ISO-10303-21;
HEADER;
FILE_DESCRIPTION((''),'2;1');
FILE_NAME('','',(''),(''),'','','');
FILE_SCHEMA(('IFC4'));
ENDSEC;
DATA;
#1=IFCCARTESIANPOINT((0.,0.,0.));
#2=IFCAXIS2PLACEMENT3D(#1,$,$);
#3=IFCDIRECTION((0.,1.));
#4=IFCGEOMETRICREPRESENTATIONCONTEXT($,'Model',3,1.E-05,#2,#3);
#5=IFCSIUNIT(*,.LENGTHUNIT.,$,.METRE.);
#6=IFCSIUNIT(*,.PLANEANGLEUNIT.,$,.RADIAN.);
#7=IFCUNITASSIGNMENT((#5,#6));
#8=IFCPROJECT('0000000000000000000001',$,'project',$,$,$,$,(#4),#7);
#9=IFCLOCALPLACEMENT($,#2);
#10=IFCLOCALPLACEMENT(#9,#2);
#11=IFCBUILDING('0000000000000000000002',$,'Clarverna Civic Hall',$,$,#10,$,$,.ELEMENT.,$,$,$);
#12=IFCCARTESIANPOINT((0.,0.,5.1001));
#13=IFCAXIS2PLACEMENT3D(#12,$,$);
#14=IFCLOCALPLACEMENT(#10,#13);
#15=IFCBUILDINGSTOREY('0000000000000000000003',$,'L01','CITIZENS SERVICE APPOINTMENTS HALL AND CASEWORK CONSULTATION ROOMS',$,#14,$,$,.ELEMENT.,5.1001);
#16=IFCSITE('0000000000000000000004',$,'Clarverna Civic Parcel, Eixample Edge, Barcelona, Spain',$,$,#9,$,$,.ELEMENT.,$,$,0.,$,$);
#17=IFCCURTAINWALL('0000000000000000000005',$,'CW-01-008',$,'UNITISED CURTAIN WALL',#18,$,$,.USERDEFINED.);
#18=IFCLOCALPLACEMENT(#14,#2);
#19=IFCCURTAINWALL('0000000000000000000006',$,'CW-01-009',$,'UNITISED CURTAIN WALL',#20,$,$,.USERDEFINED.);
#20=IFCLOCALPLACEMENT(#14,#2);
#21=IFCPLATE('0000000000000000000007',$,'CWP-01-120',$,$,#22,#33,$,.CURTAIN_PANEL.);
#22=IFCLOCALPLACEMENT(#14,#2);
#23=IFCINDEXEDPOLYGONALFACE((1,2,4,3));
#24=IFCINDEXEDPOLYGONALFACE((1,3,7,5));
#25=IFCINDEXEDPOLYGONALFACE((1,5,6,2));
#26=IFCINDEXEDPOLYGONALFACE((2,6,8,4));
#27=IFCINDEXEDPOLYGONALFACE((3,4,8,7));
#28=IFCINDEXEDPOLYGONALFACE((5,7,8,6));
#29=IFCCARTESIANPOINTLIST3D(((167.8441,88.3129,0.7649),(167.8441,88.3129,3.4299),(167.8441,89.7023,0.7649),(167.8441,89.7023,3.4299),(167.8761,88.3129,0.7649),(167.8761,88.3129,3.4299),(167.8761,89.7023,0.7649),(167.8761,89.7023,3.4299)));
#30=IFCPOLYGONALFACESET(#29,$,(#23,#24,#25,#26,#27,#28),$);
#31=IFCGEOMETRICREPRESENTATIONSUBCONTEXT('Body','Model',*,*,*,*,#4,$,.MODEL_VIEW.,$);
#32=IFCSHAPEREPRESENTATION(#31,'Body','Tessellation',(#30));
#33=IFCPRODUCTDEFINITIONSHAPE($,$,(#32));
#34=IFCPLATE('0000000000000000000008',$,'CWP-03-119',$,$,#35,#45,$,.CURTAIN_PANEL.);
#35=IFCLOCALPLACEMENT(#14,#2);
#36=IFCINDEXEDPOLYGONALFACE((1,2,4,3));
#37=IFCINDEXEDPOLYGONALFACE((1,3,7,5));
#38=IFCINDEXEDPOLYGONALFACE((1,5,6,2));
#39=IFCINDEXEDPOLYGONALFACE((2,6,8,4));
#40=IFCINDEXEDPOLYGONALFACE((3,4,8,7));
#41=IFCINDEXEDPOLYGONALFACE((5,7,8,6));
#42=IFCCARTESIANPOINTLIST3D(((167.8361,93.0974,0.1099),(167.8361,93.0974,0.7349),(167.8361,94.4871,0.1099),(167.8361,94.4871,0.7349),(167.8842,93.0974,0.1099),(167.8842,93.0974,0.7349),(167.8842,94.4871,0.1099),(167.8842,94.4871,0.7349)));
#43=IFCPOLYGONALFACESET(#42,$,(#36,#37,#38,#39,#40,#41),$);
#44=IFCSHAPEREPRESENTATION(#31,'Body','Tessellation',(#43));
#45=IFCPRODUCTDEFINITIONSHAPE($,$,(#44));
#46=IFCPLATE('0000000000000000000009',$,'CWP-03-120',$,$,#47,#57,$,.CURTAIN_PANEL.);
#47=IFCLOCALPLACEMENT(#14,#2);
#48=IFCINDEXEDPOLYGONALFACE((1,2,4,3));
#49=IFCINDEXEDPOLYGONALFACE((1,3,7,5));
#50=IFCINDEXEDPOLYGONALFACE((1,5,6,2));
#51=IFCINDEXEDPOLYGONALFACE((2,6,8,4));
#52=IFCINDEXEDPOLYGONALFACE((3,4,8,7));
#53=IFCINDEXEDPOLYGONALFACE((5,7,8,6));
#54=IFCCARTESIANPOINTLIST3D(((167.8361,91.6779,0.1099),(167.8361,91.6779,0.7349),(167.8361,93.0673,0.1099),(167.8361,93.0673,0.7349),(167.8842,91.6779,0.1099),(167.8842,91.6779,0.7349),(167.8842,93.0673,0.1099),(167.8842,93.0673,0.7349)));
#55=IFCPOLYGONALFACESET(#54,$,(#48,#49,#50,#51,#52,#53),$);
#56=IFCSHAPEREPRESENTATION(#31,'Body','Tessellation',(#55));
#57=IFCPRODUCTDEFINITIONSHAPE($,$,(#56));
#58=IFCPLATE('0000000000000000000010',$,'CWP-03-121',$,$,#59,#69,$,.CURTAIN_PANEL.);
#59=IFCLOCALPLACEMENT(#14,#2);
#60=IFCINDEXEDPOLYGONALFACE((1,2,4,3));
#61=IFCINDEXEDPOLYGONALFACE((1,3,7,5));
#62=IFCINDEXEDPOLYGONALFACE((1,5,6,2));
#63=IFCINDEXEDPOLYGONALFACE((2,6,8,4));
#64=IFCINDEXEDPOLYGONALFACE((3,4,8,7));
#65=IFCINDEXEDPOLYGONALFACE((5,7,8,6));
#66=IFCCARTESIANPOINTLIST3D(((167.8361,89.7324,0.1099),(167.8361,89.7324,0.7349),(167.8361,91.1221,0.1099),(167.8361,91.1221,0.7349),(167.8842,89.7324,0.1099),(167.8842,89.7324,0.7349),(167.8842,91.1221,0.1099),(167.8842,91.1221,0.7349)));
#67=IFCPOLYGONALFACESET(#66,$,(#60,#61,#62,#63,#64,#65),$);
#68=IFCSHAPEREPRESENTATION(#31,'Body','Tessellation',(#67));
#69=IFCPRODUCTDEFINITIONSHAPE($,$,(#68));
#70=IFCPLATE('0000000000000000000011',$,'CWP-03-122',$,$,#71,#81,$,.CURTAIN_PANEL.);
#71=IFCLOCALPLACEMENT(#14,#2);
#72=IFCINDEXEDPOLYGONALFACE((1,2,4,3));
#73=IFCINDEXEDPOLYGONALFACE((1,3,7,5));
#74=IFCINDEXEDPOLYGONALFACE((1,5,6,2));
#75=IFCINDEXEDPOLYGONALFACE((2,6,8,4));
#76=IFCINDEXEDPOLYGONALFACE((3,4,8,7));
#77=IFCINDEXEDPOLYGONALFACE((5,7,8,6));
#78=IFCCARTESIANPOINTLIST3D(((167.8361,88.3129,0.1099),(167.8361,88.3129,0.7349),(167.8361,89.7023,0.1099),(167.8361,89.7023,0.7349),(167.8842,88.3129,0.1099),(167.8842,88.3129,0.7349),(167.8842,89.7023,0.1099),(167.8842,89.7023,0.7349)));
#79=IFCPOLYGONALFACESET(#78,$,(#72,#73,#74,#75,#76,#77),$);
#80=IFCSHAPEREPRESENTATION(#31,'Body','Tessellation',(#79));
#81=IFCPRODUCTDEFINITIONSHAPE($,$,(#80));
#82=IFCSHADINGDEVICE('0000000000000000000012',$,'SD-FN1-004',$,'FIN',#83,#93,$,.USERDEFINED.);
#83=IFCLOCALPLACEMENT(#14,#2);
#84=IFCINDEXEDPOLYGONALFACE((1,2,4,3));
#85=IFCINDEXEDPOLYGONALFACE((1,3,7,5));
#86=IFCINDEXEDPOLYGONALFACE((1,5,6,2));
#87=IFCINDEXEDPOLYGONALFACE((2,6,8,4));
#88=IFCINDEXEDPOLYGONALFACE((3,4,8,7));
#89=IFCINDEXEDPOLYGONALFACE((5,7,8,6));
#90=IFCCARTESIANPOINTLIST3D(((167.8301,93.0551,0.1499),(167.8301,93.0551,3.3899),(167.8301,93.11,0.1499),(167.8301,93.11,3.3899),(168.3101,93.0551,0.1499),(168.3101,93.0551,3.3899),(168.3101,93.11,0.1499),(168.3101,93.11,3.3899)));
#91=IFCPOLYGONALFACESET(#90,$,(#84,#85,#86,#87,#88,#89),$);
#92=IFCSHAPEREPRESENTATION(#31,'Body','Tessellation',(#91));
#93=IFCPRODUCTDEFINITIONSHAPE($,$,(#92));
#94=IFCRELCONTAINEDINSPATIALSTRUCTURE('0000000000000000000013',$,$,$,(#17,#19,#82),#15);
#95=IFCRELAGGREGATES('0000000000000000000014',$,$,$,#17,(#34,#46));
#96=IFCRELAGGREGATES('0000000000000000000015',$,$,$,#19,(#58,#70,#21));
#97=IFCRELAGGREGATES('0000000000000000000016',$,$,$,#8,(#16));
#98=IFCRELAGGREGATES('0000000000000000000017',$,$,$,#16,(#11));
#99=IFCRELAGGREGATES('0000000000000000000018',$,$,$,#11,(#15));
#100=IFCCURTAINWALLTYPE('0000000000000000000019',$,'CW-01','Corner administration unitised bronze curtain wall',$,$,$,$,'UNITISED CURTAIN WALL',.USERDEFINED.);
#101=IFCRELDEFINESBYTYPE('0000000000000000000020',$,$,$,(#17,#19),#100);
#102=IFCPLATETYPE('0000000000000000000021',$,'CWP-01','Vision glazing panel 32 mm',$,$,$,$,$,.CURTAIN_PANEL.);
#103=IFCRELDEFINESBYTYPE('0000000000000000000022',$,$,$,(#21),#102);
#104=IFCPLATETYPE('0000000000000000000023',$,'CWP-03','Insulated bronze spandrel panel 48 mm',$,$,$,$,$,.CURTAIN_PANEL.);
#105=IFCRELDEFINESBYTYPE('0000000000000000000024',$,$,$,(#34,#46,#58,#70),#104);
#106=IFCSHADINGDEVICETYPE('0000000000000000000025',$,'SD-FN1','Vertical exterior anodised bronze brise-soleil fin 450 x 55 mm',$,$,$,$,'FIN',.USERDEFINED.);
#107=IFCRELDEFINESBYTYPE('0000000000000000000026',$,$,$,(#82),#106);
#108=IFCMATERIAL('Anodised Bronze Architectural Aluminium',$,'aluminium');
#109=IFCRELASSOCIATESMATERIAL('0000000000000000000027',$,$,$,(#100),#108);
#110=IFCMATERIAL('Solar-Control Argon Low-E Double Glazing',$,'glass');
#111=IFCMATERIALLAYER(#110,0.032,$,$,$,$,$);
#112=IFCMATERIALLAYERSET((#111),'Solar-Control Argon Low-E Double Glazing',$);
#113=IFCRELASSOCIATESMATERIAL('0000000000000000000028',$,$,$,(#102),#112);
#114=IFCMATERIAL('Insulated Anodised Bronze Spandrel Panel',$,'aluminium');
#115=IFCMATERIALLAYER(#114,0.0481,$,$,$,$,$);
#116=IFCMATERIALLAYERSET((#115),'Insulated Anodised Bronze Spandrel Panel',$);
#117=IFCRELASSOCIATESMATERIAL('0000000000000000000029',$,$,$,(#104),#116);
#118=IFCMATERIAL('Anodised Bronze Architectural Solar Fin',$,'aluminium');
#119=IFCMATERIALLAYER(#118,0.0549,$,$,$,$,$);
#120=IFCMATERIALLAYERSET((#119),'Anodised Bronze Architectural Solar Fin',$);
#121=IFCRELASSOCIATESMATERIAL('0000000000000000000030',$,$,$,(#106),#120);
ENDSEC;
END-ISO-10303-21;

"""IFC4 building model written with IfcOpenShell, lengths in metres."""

from ifc_helpers import new_model, si_unit, direction, frame, frame_2d, origin, place, context, subcontext, project, spatial, rectangle, extrude, material, layer, layer_set, type_object, element, aggregate, save


model = new_model("IFC4")

# Units and contexts
model_context = context("Model", 3, precision=1e-05, world=origin(), true_north=direction((0.0, 1.0)))
body_context = subcontext(model_context, "Body", "Model", "MODEL_VIEW")
ifc_project = project(units=[si_unit("LENGTHUNIT", "METRE"), si_unit("PLANEANGLEUNIT", "RADIAN")], contexts=[model_context])

# Site, building, storey
site_placement = place(None, origin())
site = spatial("IfcSite", under=ifc_project, at=site_placement, Name="Clarverna Civic Parcel, Eixample Edge, Barcelona, Spain", CompositionType="ELEMENT", RefElevation=0.0)
building_placement = place(site_placement, origin())
building = spatial("IfcBuilding", under=site, at=building_placement, Name="Clarverna Civic Hall", CompositionType="ELEMENT")
storey_placement = place(building_placement, frame((0.0, 0.0, 5.1001)))
storey = spatial("IfcBuildingStorey", under=building, at=storey_placement, Name="L01", Description="CITIZENS SERVICE APPOINTMENTS HALL AND CASEWORK CONSULTATION ROOMS", CompositionType="ELEMENT", Elevation=5.1001)

# Shared definitions
ifc_material_1 = material(Name="Anodised Bronze Architectural Aluminium", Category="aluminium")
curtain_wall_type = type_object("IfcCurtainWallType", Name="CW-01", Description="Corner administration unitised bronze curtain wall", ElementType="UNITISED CURTAIN WALL", PredefinedType="USERDEFINED", material=ifc_material_1)

# Curtain walls
curtain_wall_1_placement = place(storey_placement, origin())
curtain_wall_1 = element("IfcCurtainWall", 1, at=curtain_wall_1_placement, inside=storey, type_object=curtain_wall_type, Name="CW-01-008", ObjectType="UNITISED CURTAIN WALL", PredefinedType="USERDEFINED")
curtain_wall_2_placement = place(storey_placement, origin())
curtain_wall_2 = element("IfcCurtainWall", 2, at=curtain_wall_2_placement, inside=storey, type_object=curtain_wall_type, Name="CW-01-009", ObjectType="UNITISED CURTAIN WALL", PredefinedType="USERDEFINED")

# Plates
ifc_material_2 = material(Name="Solar-Control Argon Low-E Double Glazing", Category="glass")
ifc_layer_1 = layer(ifc_material_2, 0.032)
ifc_layer_set_1 = layer_set([ifc_layer_1], Name="Solar-Control Argon Low-E Double Glazing")
plate_type_1 = type_object("IfcPlateType", Name="CWP-01", Description="Vision glazing panel 32 mm", PredefinedType="CURTAIN_PANEL", material=ifc_layer_set_1)
plate_1_placement = place(storey_placement, frame((167.8601, 89.7024, 0.7649), z_axis=(0.0, 0.0, 1.0), x_axis=(0.0, -1.0, 0.0)))
plate_1 = element("IfcPlate", 3, at=plate_1_placement, type_object=plate_type_1, Name="CWP-01-120", PredefinedType="CURTAIN_PANEL", context=body_context, shape_type="SweptSolid", body=[
    extrude(rectangle(XDim=1.3894, YDim=0.032, at=frame_2d((0.6948, 0.0))), origin(), (0.0, 0.0, 1.0), 2.665),
])
ifc_material_3 = material(Name="Insulated Anodised Bronze Spandrel Panel", Category="aluminium")
ifc_layer_2 = layer(ifc_material_3, 0.0481)
ifc_layer_set_2 = layer_set([ifc_layer_2], Name="Insulated Anodised Bronze Spandrel Panel")
plate_type_2 = type_object("IfcPlateType", Name="CWP-03", Description="Insulated bronze spandrel panel 48 mm", PredefinedType="CURTAIN_PANEL", material=ifc_layer_set_2)
plate_2_placement = place(storey_placement, frame((167.8601, 94.4871, 0.1099), z_axis=(0.0, 0.0, 1.0), x_axis=(0.0, -1.0, 0.0)))
plate_2 = element("IfcPlate", 4, at=plate_2_placement, type_object=plate_type_2, Name="CWP-03-119", PredefinedType="CURTAIN_PANEL", context=body_context, shape_type="SweptSolid", body=[
    extrude(rectangle(XDim=1.3896, YDim=0.0481, at=frame_2d((0.6948, 0.0))), origin(), (0.0, 0.0, 1.0), 0.625),
])
plate_3_placement = place(storey_placement, frame((167.8601, 93.0674, 0.1099), z_axis=(0.0, 0.0, 1.0), x_axis=(0.0, -1.0, 0.0)))
plate_3 = element("IfcPlate", 5, at=plate_3_placement, type_object=plate_type_2, Name="CWP-03-120", PredefinedType="CURTAIN_PANEL", context=body_context, shape_type="SweptSolid", body=[
    extrude(rectangle(XDim=1.3894, YDim=0.0481, at=frame_2d((0.6948, 0.0))), origin(), (0.0, 0.0, 1.0), 0.625),
])
aggregate(curtain_wall_1, [plate_2, plate_3])
plate_4_placement = place(storey_placement, frame((167.8601, 91.1221, 0.1099), z_axis=(0.0, 0.0, 1.0), x_axis=(0.0, -1.0, 0.0)))
plate_4 = element("IfcPlate", 6, at=plate_4_placement, type_object=plate_type_2, Name="CWP-03-121", PredefinedType="CURTAIN_PANEL", context=body_context, shape_type="SweptSolid", body=[
    extrude(rectangle(XDim=1.3896, YDim=0.0481, at=frame_2d((0.6948, 0.0))), origin(), (0.0, 0.0, 1.0), 0.625),
])
plate_5_placement = place(storey_placement, frame((167.8601, 89.7024, 0.1099), z_axis=(0.0, 0.0, 1.0), x_axis=(0.0, -1.0, 0.0)))
plate_5 = element("IfcPlate", 7, at=plate_5_placement, type_object=plate_type_2, Name="CWP-03-122", PredefinedType="CURTAIN_PANEL", context=body_context, shape_type="SweptSolid", body=[
    extrude(rectangle(XDim=1.3894, YDim=0.0481, at=frame_2d((0.6948, 0.0))), origin(), (0.0, 0.0, 1.0), 0.625),
])
aggregate(curtain_wall_2, [plate_4, plate_5, plate_1])

# Shading device
ifc_material_4 = material(Name="Anodised Bronze Architectural Solar Fin", Category="aluminium")
ifc_layer_3 = layer(ifc_material_4, 0.0549)
ifc_layer_set_3 = layer_set([ifc_layer_3], Name="Anodised Bronze Architectural Solar Fin")
shading_device_type = type_object("IfcShadingDeviceType", Name="SD-FN1", Description="Vertical exterior anodised bronze brise-soleil fin 450 x 55 mm", ElementType="FIN", PredefinedType="USERDEFINED", material=ifc_layer_set_3)
shading_device_placement = place(storey_placement, frame((167.8301, 93.0825, 0.1499), z_axis=(0.0, 0.0, 1.0), x_axis=(1.0, 0.0, 0.0)))
element("IfcShadingDevice", 8, at=shading_device_placement, inside=storey, type_object=shading_device_type, Name="SD-FN1-004", ObjectType="FIN", PredefinedType="USERDEFINED", context=body_context, shape_type="SweptSolid", body=[
    extrude(rectangle(XDim=0.48, YDim=0.0549, at=frame_2d((0.24, 0.0))), origin(), (0.0, 0.0, 1.0), 3.24),
])

save(model, "model.ifc")
